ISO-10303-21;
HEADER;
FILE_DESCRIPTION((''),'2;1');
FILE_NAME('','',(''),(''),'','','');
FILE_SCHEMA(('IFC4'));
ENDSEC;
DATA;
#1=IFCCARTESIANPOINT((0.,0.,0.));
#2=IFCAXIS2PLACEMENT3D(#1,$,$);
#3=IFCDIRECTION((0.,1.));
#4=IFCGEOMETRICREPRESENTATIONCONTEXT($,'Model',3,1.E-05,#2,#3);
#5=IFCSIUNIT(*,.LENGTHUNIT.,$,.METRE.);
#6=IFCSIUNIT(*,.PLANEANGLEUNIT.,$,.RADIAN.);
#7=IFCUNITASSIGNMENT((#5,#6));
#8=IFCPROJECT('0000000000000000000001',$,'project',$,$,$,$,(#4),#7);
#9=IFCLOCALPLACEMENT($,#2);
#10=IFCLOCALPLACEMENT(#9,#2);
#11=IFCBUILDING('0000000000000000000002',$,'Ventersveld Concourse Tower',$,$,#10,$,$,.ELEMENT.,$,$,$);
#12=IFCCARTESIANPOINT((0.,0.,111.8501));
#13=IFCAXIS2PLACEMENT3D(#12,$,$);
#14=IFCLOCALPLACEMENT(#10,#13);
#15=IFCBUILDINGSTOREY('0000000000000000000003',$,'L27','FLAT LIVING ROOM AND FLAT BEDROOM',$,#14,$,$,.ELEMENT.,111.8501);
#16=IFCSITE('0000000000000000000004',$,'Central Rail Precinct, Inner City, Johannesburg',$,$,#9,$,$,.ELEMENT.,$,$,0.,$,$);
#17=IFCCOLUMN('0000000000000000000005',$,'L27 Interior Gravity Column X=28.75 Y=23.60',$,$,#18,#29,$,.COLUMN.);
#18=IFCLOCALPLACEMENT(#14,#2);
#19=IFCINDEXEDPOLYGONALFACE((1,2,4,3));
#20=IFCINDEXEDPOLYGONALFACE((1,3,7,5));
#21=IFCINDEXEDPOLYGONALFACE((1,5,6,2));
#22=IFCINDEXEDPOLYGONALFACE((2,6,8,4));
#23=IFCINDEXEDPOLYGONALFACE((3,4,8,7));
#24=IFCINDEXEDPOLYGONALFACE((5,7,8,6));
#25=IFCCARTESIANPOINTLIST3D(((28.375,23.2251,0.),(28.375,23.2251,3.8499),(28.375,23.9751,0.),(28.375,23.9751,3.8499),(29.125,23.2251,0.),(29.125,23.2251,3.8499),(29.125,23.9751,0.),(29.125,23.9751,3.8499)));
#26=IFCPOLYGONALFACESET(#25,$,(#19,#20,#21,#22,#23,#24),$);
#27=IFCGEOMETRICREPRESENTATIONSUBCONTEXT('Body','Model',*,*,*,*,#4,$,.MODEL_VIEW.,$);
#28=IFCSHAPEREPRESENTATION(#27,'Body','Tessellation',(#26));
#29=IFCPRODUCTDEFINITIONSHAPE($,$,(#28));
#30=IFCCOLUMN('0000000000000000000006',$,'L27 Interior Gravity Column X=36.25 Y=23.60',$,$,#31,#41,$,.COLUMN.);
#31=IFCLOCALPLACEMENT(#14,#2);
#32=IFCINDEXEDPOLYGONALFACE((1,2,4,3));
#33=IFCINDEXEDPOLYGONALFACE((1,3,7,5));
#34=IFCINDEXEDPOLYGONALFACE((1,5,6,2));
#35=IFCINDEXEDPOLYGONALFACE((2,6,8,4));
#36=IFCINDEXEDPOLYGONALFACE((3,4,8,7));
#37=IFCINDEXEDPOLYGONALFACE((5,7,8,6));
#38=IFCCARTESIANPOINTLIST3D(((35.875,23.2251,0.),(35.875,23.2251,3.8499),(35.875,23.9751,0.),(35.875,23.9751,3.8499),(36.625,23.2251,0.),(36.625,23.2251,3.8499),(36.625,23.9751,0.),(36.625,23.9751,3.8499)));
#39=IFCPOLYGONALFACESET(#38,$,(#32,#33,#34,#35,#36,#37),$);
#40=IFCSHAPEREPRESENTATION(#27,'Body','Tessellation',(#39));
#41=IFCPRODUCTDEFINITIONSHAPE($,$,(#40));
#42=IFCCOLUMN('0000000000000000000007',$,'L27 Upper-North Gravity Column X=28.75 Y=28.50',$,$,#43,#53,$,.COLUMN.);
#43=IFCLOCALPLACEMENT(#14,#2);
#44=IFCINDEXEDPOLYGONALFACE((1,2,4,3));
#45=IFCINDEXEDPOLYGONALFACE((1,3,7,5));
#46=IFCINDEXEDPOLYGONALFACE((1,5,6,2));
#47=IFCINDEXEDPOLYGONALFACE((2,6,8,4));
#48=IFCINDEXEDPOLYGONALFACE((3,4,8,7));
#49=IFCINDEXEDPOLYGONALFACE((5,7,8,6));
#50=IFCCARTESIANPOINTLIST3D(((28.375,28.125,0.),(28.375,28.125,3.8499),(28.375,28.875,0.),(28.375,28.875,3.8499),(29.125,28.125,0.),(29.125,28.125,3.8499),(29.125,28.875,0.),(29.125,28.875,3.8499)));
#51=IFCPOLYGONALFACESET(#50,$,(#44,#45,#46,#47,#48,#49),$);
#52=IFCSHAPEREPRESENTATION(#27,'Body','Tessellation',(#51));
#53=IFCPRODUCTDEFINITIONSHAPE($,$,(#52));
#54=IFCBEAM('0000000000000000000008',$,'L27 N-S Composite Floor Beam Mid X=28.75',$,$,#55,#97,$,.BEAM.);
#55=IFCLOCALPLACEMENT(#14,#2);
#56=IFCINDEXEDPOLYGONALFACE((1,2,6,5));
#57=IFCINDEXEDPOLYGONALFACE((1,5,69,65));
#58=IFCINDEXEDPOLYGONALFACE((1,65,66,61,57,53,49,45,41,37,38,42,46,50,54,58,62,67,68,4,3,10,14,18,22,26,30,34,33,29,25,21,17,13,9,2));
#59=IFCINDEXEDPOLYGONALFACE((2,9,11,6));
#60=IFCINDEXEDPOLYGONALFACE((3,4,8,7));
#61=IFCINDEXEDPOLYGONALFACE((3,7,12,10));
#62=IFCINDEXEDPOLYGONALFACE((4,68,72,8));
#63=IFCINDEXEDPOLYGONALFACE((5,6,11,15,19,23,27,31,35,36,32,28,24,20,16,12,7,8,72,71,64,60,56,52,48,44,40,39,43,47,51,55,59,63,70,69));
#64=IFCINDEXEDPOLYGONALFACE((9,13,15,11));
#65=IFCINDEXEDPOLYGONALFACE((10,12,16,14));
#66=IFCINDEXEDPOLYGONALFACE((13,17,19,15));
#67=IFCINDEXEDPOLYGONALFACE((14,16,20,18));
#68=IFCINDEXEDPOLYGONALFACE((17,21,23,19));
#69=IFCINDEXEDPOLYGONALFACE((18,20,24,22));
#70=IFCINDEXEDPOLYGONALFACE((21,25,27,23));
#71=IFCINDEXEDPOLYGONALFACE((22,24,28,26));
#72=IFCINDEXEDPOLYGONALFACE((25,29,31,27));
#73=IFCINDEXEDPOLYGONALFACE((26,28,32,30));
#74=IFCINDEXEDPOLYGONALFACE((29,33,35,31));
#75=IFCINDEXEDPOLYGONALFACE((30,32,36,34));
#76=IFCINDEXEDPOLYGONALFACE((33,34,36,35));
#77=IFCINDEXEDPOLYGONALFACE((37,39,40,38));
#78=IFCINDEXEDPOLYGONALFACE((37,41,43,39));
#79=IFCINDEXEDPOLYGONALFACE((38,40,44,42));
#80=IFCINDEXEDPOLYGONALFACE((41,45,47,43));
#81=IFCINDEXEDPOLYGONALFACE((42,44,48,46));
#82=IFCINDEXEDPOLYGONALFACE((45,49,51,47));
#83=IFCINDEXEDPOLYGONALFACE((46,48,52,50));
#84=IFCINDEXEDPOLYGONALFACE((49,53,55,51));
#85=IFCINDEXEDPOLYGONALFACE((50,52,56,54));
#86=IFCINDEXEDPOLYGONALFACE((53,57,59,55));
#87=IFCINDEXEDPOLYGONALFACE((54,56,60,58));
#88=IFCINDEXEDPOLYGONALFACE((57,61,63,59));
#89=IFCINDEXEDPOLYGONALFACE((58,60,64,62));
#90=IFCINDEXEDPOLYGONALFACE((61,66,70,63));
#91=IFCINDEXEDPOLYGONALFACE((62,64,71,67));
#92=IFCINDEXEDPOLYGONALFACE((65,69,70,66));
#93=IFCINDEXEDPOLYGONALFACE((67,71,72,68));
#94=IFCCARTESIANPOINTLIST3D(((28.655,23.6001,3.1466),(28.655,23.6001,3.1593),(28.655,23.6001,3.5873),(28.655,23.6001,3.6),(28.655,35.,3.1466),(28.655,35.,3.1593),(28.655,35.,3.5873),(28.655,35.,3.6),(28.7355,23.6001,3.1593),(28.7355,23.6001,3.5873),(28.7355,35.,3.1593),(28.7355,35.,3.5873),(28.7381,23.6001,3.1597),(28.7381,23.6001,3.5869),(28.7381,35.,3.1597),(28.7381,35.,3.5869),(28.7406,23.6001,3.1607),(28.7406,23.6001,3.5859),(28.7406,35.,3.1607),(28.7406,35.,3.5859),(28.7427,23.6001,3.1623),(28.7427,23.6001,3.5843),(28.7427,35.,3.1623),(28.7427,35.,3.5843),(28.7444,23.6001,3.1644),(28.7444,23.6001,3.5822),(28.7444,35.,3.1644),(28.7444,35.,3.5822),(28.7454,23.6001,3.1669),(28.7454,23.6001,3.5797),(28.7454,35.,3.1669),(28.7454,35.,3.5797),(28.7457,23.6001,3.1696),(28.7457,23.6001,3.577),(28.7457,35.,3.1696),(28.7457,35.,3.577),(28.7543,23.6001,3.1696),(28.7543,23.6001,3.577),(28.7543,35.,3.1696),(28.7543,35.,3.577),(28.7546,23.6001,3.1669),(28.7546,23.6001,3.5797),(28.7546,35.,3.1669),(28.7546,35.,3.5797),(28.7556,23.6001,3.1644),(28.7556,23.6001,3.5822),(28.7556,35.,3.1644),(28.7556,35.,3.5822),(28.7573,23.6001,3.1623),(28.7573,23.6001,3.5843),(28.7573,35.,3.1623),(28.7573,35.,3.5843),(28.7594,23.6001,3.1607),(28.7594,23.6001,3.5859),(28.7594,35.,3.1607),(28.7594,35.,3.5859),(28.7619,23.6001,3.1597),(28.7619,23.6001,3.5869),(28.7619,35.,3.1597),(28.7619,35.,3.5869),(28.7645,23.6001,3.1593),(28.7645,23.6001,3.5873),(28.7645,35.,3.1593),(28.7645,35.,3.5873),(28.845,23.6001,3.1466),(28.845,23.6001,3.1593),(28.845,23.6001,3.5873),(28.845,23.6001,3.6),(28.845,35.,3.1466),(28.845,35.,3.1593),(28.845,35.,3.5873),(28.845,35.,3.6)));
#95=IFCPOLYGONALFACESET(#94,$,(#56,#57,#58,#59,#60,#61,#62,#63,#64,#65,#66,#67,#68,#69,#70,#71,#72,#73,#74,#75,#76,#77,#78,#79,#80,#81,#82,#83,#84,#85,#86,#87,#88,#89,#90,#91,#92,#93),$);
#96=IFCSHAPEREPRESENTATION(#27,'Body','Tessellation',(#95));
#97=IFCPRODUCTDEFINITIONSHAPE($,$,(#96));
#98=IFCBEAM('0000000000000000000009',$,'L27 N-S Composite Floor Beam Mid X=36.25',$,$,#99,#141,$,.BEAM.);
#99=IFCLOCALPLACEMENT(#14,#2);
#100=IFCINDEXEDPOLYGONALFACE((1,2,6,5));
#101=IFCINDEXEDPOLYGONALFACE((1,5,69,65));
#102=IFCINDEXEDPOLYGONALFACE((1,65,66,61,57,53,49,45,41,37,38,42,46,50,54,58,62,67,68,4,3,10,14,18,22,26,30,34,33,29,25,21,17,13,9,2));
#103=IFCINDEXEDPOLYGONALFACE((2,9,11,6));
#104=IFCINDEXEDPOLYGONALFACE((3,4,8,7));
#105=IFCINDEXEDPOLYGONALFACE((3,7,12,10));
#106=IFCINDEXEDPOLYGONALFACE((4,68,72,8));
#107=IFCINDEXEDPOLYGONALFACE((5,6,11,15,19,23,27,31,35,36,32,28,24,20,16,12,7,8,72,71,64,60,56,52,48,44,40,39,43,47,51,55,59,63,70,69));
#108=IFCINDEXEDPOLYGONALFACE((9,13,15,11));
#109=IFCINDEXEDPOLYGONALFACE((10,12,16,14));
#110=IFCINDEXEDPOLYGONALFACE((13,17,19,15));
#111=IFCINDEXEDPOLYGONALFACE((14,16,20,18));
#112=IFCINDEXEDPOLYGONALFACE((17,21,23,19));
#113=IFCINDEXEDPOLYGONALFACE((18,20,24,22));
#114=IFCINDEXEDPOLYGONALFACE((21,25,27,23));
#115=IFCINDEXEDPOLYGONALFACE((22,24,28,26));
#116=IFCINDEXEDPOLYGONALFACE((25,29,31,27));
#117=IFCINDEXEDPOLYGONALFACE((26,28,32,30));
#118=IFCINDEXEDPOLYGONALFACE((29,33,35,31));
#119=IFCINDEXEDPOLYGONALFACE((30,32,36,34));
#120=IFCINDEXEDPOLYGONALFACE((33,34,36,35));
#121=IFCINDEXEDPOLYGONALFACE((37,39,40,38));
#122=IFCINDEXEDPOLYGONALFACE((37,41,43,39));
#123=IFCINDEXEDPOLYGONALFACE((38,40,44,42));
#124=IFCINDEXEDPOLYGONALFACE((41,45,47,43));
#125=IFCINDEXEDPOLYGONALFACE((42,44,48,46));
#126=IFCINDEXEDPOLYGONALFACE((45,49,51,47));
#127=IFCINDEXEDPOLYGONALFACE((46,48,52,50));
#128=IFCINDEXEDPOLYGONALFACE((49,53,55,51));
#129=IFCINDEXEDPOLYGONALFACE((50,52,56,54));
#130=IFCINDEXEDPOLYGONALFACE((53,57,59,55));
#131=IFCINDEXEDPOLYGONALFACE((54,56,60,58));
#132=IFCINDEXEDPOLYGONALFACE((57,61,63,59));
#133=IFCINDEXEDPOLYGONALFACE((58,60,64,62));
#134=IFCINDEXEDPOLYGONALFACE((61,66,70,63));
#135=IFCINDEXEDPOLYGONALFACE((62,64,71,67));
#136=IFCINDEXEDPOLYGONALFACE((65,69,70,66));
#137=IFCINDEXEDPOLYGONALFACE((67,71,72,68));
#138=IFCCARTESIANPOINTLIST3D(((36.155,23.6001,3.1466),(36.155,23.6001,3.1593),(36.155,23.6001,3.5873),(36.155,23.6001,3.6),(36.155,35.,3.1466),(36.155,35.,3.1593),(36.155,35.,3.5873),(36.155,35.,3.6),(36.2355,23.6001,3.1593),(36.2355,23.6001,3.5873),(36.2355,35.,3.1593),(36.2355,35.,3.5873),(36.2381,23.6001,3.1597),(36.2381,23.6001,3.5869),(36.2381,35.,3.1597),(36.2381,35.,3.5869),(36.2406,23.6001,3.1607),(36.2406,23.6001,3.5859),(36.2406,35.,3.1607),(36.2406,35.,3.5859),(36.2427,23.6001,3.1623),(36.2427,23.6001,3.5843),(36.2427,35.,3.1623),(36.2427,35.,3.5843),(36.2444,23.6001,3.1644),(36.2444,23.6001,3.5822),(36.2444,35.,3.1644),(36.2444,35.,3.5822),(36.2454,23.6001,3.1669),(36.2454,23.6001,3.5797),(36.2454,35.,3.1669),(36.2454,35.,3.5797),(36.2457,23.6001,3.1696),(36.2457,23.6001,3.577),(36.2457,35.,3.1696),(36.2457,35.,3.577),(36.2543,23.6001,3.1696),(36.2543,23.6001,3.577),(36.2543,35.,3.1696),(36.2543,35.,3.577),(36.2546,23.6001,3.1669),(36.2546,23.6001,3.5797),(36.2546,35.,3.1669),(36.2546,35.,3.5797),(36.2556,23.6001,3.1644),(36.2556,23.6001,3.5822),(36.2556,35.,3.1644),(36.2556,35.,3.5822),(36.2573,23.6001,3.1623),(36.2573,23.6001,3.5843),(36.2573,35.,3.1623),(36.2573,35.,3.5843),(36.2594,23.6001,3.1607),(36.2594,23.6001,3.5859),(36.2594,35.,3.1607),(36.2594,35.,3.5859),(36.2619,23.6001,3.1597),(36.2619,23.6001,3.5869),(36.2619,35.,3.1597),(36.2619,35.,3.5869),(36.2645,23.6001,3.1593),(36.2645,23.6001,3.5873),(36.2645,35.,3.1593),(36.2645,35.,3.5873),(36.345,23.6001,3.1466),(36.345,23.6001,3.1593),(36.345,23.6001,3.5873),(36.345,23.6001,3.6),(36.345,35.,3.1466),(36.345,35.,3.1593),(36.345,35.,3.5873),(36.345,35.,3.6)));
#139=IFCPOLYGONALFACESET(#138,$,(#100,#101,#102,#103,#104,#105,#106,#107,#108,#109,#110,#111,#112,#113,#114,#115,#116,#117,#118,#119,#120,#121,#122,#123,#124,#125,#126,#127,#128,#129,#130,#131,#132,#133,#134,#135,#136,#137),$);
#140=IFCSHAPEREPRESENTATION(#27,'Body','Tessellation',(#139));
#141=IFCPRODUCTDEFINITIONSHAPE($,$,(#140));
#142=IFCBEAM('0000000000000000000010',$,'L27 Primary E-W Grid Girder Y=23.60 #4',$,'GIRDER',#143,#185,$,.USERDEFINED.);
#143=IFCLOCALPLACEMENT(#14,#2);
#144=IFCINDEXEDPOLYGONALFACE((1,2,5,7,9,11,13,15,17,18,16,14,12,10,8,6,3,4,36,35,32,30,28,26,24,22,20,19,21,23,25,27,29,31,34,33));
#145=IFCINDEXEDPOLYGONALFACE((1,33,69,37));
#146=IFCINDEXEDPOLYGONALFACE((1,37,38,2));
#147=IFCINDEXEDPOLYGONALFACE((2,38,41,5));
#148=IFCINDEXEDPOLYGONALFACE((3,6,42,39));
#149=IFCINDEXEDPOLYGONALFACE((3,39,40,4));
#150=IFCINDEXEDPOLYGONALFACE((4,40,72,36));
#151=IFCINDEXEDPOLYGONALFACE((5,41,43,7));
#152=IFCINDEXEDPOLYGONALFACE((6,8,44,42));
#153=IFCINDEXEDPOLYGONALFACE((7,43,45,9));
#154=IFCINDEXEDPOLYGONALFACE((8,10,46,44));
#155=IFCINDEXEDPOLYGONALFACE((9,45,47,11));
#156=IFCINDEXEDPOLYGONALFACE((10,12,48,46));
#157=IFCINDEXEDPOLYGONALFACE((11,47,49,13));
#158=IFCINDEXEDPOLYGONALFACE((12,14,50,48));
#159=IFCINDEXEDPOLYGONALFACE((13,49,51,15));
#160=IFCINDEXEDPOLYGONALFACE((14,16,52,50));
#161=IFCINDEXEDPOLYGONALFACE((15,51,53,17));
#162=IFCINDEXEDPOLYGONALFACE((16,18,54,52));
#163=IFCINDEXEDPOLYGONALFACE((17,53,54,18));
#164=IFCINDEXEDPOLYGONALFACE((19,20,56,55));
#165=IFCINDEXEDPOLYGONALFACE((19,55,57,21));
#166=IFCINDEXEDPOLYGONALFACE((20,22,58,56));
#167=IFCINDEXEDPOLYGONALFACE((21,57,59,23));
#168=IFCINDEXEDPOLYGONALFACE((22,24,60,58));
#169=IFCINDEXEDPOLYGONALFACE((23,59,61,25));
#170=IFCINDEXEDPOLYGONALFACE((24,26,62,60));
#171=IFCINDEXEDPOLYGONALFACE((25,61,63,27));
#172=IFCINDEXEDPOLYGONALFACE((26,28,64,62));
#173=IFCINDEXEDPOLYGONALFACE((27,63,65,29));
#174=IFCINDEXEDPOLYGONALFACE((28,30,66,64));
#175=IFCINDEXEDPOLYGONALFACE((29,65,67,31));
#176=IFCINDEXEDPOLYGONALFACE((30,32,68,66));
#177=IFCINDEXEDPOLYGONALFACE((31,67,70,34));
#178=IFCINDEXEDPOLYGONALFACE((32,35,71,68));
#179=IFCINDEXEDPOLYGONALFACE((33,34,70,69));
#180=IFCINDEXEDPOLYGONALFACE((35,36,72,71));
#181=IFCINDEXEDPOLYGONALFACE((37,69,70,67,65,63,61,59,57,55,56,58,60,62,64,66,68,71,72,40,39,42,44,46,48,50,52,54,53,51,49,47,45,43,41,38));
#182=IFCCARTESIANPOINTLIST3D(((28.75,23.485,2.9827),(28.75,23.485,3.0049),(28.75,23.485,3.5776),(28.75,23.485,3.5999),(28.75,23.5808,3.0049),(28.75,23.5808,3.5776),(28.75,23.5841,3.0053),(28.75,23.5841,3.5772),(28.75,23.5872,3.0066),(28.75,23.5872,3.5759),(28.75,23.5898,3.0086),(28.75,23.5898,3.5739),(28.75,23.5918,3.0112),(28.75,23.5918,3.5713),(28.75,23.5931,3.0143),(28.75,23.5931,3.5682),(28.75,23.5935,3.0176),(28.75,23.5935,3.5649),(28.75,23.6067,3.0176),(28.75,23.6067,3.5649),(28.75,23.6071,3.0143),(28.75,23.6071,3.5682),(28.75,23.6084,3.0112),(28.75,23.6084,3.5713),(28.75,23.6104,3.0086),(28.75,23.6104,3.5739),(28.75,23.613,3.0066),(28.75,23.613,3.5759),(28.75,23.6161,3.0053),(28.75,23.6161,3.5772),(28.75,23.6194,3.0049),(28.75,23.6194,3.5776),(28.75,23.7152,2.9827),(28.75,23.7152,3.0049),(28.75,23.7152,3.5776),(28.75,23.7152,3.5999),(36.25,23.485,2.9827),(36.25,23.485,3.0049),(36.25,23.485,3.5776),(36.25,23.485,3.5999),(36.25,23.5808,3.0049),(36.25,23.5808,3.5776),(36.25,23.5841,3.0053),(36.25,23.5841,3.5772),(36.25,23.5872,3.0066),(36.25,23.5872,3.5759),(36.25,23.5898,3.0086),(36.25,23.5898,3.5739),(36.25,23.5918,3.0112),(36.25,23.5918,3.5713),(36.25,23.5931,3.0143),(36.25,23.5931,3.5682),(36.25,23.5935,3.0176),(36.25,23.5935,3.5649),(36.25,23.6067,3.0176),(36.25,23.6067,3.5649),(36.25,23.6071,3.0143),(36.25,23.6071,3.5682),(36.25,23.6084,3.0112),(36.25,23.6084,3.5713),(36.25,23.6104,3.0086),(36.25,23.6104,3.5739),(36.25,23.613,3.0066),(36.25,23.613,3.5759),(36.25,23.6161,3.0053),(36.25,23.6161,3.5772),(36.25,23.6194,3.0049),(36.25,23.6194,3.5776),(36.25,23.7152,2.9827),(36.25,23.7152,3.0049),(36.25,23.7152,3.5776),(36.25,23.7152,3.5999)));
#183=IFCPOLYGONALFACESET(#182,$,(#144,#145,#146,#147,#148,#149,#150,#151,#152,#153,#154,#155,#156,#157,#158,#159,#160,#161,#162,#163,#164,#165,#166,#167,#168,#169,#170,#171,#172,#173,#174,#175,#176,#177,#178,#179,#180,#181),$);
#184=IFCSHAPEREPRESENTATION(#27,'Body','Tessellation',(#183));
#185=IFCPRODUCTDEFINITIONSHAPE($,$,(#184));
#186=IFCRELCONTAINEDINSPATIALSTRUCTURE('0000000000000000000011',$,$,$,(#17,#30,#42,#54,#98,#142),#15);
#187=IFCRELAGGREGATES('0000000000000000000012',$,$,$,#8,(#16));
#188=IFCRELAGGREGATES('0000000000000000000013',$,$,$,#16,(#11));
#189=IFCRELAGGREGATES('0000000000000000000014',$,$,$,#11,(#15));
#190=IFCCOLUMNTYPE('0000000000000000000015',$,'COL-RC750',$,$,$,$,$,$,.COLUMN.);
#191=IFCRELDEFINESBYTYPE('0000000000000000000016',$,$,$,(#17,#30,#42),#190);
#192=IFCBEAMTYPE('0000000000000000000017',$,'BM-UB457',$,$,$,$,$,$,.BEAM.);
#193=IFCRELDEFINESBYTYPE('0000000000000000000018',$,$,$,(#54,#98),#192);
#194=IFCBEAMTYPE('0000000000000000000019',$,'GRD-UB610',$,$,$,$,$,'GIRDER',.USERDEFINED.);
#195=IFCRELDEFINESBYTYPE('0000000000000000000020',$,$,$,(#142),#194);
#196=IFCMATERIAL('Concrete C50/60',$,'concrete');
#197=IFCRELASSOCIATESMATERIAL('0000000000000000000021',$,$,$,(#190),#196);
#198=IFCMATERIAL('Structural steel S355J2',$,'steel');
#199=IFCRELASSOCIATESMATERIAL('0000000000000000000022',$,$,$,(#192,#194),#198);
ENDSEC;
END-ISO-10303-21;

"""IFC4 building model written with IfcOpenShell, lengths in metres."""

from ifc_helpers import new_model, si_unit, direction, frame, origin, origin_2d, place, context, subcontext, project, spatial, rectangle, i_section, extrude, material, material_profile, profile_set, type_object, element, save


model = new_model("IFC4")

# Units and contexts
model_context = context("Model", 3, precision=1e-05, world=origin(), true_north=direction((0.0, 1.0)))
body_context = subcontext(model_context, "Body", "Model", "MODEL_VIEW")
ifc_project = project(units=[si_unit("LENGTHUNIT", "METRE"), si_unit("PLANEANGLEUNIT", "RADIAN")], contexts=[model_context])

# Site, building, storey
site_placement = place(None, origin())
site = spatial("IfcSite", under=ifc_project, at=site_placement, Name="Central Rail Precinct, Inner City, Johannesburg", CompositionType="ELEMENT", RefElevation=0.0)
building_placement = place(site_placement, origin())
building = spatial("IfcBuilding", under=site, at=building_placement, Name="Ventersveld Concourse Tower", CompositionType="ELEMENT")
storey_placement = place(building_placement, frame((0.0, 0.0, 111.8501)))
storey = spatial("IfcBuildingStorey", under=building, at=storey_placement, Name="L27", Description="FLAT LIVING ROOM AND FLAT BEDROOM", CompositionType="ELEMENT", Elevation=111.8501)

# Columns
ifc_material_1 = material(Name="Concrete C50/60", Category="concrete")
ifc_material_profile_1 = material_profile(ifc_material_1, rectangle(XDim=0.75, YDim=0.75, at=origin_2d()), Name="RC 750x750")
ifc_profile_set_1 = profile_set([ifc_material_profile_1], Name="Concrete C50/60")
column_type = type_object("IfcColumnType", Name="COL-RC750", PredefinedType="COLUMN", material=ifc_profile_set_1)
for number, where, z_axis, x_axis, name in (
    (1, (28.75, 23.6001, 0.0), (0.0, 0.0, 1.0), (1.0, 0.0, 0.0), "L27 Interior Gravity Column X=28.75 Y=23.60"),
    (2, (36.25, 23.6001, 0.0), (0.0, 0.0, 1.0), (1.0, 0.0, 0.0), "L27 Interior Gravity Column X=36.25 Y=23.60"),
    (3, (28.75, 28.5, 0.0), (0.0, 0.0, 1.0), (1.0, 0.0, 0.0), "L27 Upper-North Gravity Column X=28.75 Y=28.50"),
):
    element("IfcColumn", number, at=place(storey_placement, frame(where, z_axis=z_axis, x_axis=x_axis)), inside=storey, type_object=column_type, Name=name, PredefinedType="COLUMN", context=body_context, shape_type="SweptSolid", body=[
        extrude(rectangle(XDim=0.75, YDim=0.75, at=origin_2d()), origin(), (0.0, 0.0, 1.0), 3.8499),
    ])

# Beams
ifc_material_2 = material(Name="Structural steel S355J2", Category="steel")
ifc_material_profile_2 = material_profile(ifc_material_2, i_section(OverallWidth=0.1899, OverallDepth=0.4534, WebThickness=0.0085, FlangeThickness=0.0127, FilletRadius=0.0103, at=origin_2d()), Name="UB 457x191x67")
ifc_profile_set_2 = profile_set([ifc_material_profile_2], Name="Structural steel S355J2")
beam_type_1 = type_object("IfcBeamType", Name="BM-UB457", PredefinedType="BEAM", material=ifc_profile_set_2)
for number, where, z_axis, x_axis, name in (
    (4, (28.75, 23.6001, 3.3733), (0.0, 1.0, 0.0), (-1.0, 0.0, 0.0), "L27 N-S Composite Floor Beam Mid X=28.75"),
    (5, (36.25, 23.6001, 3.3733), (0.0, 1.0, 0.0), (-1.0, 0.0, 0.0), "L27 N-S Composite Floor Beam Mid X=36.25"),
):
    element("IfcBeam", number, at=place(storey_placement, frame(where, z_axis=z_axis, x_axis=x_axis)), inside=storey, type_object=beam_type_1, Name=name, PredefinedType="BEAM", context=body_context, shape_type="SweptSolid", body=[
        extrude(i_section(OverallWidth=0.1899, OverallDepth=0.4534, WebThickness=0.0085, FlangeThickness=0.0127, FilletRadius=0.0103, at=origin_2d()), origin(), (0.0, 0.0, 1.0), 11.3999),
    ])
ifc_material_profile_3 = material_profile(ifc_material_2, i_section(OverallWidth=0.2302, OverallDepth=0.6172, WebThickness=0.0132, FlangeThickness=0.0222, FilletRadius=0.0127, at=origin_2d()), Name="UB 610x229x140")
ifc_profile_set_3 = profile_set([ifc_material_profile_3], Name="Structural steel S355J2")
beam_type_2 = type_object("IfcBeamType", Name="GRD-UB610", ElementType="GIRDER", PredefinedType="USERDEFINED", material=ifc_profile_set_3)
for number, where, z_axis, x_axis, name in (
    (6, (28.75, 23.6001, 3.2913), (1.0, 0.0, 0.0), (0.0, 1.0, 0.0), "L27 Primary E-W Grid Girder Y=23.60 #4"),
):
    element("IfcBeam", number, at=place(storey_placement, frame(where, z_axis=z_axis, x_axis=x_axis)), inside=storey, type_object=beam_type_2, Name=name, ObjectType="GIRDER", PredefinedType="USERDEFINED", context=body_context, shape_type="SweptSolid", body=[
        extrude(i_section(OverallWidth=0.2302, OverallDepth=0.6172, WebThickness=0.0132, FlangeThickness=0.0222, FilletRadius=0.0127, at=origin_2d()), origin(), (0.0, 0.0, 1.0), 7.5),
    ])

save(model, "model.ifc")
